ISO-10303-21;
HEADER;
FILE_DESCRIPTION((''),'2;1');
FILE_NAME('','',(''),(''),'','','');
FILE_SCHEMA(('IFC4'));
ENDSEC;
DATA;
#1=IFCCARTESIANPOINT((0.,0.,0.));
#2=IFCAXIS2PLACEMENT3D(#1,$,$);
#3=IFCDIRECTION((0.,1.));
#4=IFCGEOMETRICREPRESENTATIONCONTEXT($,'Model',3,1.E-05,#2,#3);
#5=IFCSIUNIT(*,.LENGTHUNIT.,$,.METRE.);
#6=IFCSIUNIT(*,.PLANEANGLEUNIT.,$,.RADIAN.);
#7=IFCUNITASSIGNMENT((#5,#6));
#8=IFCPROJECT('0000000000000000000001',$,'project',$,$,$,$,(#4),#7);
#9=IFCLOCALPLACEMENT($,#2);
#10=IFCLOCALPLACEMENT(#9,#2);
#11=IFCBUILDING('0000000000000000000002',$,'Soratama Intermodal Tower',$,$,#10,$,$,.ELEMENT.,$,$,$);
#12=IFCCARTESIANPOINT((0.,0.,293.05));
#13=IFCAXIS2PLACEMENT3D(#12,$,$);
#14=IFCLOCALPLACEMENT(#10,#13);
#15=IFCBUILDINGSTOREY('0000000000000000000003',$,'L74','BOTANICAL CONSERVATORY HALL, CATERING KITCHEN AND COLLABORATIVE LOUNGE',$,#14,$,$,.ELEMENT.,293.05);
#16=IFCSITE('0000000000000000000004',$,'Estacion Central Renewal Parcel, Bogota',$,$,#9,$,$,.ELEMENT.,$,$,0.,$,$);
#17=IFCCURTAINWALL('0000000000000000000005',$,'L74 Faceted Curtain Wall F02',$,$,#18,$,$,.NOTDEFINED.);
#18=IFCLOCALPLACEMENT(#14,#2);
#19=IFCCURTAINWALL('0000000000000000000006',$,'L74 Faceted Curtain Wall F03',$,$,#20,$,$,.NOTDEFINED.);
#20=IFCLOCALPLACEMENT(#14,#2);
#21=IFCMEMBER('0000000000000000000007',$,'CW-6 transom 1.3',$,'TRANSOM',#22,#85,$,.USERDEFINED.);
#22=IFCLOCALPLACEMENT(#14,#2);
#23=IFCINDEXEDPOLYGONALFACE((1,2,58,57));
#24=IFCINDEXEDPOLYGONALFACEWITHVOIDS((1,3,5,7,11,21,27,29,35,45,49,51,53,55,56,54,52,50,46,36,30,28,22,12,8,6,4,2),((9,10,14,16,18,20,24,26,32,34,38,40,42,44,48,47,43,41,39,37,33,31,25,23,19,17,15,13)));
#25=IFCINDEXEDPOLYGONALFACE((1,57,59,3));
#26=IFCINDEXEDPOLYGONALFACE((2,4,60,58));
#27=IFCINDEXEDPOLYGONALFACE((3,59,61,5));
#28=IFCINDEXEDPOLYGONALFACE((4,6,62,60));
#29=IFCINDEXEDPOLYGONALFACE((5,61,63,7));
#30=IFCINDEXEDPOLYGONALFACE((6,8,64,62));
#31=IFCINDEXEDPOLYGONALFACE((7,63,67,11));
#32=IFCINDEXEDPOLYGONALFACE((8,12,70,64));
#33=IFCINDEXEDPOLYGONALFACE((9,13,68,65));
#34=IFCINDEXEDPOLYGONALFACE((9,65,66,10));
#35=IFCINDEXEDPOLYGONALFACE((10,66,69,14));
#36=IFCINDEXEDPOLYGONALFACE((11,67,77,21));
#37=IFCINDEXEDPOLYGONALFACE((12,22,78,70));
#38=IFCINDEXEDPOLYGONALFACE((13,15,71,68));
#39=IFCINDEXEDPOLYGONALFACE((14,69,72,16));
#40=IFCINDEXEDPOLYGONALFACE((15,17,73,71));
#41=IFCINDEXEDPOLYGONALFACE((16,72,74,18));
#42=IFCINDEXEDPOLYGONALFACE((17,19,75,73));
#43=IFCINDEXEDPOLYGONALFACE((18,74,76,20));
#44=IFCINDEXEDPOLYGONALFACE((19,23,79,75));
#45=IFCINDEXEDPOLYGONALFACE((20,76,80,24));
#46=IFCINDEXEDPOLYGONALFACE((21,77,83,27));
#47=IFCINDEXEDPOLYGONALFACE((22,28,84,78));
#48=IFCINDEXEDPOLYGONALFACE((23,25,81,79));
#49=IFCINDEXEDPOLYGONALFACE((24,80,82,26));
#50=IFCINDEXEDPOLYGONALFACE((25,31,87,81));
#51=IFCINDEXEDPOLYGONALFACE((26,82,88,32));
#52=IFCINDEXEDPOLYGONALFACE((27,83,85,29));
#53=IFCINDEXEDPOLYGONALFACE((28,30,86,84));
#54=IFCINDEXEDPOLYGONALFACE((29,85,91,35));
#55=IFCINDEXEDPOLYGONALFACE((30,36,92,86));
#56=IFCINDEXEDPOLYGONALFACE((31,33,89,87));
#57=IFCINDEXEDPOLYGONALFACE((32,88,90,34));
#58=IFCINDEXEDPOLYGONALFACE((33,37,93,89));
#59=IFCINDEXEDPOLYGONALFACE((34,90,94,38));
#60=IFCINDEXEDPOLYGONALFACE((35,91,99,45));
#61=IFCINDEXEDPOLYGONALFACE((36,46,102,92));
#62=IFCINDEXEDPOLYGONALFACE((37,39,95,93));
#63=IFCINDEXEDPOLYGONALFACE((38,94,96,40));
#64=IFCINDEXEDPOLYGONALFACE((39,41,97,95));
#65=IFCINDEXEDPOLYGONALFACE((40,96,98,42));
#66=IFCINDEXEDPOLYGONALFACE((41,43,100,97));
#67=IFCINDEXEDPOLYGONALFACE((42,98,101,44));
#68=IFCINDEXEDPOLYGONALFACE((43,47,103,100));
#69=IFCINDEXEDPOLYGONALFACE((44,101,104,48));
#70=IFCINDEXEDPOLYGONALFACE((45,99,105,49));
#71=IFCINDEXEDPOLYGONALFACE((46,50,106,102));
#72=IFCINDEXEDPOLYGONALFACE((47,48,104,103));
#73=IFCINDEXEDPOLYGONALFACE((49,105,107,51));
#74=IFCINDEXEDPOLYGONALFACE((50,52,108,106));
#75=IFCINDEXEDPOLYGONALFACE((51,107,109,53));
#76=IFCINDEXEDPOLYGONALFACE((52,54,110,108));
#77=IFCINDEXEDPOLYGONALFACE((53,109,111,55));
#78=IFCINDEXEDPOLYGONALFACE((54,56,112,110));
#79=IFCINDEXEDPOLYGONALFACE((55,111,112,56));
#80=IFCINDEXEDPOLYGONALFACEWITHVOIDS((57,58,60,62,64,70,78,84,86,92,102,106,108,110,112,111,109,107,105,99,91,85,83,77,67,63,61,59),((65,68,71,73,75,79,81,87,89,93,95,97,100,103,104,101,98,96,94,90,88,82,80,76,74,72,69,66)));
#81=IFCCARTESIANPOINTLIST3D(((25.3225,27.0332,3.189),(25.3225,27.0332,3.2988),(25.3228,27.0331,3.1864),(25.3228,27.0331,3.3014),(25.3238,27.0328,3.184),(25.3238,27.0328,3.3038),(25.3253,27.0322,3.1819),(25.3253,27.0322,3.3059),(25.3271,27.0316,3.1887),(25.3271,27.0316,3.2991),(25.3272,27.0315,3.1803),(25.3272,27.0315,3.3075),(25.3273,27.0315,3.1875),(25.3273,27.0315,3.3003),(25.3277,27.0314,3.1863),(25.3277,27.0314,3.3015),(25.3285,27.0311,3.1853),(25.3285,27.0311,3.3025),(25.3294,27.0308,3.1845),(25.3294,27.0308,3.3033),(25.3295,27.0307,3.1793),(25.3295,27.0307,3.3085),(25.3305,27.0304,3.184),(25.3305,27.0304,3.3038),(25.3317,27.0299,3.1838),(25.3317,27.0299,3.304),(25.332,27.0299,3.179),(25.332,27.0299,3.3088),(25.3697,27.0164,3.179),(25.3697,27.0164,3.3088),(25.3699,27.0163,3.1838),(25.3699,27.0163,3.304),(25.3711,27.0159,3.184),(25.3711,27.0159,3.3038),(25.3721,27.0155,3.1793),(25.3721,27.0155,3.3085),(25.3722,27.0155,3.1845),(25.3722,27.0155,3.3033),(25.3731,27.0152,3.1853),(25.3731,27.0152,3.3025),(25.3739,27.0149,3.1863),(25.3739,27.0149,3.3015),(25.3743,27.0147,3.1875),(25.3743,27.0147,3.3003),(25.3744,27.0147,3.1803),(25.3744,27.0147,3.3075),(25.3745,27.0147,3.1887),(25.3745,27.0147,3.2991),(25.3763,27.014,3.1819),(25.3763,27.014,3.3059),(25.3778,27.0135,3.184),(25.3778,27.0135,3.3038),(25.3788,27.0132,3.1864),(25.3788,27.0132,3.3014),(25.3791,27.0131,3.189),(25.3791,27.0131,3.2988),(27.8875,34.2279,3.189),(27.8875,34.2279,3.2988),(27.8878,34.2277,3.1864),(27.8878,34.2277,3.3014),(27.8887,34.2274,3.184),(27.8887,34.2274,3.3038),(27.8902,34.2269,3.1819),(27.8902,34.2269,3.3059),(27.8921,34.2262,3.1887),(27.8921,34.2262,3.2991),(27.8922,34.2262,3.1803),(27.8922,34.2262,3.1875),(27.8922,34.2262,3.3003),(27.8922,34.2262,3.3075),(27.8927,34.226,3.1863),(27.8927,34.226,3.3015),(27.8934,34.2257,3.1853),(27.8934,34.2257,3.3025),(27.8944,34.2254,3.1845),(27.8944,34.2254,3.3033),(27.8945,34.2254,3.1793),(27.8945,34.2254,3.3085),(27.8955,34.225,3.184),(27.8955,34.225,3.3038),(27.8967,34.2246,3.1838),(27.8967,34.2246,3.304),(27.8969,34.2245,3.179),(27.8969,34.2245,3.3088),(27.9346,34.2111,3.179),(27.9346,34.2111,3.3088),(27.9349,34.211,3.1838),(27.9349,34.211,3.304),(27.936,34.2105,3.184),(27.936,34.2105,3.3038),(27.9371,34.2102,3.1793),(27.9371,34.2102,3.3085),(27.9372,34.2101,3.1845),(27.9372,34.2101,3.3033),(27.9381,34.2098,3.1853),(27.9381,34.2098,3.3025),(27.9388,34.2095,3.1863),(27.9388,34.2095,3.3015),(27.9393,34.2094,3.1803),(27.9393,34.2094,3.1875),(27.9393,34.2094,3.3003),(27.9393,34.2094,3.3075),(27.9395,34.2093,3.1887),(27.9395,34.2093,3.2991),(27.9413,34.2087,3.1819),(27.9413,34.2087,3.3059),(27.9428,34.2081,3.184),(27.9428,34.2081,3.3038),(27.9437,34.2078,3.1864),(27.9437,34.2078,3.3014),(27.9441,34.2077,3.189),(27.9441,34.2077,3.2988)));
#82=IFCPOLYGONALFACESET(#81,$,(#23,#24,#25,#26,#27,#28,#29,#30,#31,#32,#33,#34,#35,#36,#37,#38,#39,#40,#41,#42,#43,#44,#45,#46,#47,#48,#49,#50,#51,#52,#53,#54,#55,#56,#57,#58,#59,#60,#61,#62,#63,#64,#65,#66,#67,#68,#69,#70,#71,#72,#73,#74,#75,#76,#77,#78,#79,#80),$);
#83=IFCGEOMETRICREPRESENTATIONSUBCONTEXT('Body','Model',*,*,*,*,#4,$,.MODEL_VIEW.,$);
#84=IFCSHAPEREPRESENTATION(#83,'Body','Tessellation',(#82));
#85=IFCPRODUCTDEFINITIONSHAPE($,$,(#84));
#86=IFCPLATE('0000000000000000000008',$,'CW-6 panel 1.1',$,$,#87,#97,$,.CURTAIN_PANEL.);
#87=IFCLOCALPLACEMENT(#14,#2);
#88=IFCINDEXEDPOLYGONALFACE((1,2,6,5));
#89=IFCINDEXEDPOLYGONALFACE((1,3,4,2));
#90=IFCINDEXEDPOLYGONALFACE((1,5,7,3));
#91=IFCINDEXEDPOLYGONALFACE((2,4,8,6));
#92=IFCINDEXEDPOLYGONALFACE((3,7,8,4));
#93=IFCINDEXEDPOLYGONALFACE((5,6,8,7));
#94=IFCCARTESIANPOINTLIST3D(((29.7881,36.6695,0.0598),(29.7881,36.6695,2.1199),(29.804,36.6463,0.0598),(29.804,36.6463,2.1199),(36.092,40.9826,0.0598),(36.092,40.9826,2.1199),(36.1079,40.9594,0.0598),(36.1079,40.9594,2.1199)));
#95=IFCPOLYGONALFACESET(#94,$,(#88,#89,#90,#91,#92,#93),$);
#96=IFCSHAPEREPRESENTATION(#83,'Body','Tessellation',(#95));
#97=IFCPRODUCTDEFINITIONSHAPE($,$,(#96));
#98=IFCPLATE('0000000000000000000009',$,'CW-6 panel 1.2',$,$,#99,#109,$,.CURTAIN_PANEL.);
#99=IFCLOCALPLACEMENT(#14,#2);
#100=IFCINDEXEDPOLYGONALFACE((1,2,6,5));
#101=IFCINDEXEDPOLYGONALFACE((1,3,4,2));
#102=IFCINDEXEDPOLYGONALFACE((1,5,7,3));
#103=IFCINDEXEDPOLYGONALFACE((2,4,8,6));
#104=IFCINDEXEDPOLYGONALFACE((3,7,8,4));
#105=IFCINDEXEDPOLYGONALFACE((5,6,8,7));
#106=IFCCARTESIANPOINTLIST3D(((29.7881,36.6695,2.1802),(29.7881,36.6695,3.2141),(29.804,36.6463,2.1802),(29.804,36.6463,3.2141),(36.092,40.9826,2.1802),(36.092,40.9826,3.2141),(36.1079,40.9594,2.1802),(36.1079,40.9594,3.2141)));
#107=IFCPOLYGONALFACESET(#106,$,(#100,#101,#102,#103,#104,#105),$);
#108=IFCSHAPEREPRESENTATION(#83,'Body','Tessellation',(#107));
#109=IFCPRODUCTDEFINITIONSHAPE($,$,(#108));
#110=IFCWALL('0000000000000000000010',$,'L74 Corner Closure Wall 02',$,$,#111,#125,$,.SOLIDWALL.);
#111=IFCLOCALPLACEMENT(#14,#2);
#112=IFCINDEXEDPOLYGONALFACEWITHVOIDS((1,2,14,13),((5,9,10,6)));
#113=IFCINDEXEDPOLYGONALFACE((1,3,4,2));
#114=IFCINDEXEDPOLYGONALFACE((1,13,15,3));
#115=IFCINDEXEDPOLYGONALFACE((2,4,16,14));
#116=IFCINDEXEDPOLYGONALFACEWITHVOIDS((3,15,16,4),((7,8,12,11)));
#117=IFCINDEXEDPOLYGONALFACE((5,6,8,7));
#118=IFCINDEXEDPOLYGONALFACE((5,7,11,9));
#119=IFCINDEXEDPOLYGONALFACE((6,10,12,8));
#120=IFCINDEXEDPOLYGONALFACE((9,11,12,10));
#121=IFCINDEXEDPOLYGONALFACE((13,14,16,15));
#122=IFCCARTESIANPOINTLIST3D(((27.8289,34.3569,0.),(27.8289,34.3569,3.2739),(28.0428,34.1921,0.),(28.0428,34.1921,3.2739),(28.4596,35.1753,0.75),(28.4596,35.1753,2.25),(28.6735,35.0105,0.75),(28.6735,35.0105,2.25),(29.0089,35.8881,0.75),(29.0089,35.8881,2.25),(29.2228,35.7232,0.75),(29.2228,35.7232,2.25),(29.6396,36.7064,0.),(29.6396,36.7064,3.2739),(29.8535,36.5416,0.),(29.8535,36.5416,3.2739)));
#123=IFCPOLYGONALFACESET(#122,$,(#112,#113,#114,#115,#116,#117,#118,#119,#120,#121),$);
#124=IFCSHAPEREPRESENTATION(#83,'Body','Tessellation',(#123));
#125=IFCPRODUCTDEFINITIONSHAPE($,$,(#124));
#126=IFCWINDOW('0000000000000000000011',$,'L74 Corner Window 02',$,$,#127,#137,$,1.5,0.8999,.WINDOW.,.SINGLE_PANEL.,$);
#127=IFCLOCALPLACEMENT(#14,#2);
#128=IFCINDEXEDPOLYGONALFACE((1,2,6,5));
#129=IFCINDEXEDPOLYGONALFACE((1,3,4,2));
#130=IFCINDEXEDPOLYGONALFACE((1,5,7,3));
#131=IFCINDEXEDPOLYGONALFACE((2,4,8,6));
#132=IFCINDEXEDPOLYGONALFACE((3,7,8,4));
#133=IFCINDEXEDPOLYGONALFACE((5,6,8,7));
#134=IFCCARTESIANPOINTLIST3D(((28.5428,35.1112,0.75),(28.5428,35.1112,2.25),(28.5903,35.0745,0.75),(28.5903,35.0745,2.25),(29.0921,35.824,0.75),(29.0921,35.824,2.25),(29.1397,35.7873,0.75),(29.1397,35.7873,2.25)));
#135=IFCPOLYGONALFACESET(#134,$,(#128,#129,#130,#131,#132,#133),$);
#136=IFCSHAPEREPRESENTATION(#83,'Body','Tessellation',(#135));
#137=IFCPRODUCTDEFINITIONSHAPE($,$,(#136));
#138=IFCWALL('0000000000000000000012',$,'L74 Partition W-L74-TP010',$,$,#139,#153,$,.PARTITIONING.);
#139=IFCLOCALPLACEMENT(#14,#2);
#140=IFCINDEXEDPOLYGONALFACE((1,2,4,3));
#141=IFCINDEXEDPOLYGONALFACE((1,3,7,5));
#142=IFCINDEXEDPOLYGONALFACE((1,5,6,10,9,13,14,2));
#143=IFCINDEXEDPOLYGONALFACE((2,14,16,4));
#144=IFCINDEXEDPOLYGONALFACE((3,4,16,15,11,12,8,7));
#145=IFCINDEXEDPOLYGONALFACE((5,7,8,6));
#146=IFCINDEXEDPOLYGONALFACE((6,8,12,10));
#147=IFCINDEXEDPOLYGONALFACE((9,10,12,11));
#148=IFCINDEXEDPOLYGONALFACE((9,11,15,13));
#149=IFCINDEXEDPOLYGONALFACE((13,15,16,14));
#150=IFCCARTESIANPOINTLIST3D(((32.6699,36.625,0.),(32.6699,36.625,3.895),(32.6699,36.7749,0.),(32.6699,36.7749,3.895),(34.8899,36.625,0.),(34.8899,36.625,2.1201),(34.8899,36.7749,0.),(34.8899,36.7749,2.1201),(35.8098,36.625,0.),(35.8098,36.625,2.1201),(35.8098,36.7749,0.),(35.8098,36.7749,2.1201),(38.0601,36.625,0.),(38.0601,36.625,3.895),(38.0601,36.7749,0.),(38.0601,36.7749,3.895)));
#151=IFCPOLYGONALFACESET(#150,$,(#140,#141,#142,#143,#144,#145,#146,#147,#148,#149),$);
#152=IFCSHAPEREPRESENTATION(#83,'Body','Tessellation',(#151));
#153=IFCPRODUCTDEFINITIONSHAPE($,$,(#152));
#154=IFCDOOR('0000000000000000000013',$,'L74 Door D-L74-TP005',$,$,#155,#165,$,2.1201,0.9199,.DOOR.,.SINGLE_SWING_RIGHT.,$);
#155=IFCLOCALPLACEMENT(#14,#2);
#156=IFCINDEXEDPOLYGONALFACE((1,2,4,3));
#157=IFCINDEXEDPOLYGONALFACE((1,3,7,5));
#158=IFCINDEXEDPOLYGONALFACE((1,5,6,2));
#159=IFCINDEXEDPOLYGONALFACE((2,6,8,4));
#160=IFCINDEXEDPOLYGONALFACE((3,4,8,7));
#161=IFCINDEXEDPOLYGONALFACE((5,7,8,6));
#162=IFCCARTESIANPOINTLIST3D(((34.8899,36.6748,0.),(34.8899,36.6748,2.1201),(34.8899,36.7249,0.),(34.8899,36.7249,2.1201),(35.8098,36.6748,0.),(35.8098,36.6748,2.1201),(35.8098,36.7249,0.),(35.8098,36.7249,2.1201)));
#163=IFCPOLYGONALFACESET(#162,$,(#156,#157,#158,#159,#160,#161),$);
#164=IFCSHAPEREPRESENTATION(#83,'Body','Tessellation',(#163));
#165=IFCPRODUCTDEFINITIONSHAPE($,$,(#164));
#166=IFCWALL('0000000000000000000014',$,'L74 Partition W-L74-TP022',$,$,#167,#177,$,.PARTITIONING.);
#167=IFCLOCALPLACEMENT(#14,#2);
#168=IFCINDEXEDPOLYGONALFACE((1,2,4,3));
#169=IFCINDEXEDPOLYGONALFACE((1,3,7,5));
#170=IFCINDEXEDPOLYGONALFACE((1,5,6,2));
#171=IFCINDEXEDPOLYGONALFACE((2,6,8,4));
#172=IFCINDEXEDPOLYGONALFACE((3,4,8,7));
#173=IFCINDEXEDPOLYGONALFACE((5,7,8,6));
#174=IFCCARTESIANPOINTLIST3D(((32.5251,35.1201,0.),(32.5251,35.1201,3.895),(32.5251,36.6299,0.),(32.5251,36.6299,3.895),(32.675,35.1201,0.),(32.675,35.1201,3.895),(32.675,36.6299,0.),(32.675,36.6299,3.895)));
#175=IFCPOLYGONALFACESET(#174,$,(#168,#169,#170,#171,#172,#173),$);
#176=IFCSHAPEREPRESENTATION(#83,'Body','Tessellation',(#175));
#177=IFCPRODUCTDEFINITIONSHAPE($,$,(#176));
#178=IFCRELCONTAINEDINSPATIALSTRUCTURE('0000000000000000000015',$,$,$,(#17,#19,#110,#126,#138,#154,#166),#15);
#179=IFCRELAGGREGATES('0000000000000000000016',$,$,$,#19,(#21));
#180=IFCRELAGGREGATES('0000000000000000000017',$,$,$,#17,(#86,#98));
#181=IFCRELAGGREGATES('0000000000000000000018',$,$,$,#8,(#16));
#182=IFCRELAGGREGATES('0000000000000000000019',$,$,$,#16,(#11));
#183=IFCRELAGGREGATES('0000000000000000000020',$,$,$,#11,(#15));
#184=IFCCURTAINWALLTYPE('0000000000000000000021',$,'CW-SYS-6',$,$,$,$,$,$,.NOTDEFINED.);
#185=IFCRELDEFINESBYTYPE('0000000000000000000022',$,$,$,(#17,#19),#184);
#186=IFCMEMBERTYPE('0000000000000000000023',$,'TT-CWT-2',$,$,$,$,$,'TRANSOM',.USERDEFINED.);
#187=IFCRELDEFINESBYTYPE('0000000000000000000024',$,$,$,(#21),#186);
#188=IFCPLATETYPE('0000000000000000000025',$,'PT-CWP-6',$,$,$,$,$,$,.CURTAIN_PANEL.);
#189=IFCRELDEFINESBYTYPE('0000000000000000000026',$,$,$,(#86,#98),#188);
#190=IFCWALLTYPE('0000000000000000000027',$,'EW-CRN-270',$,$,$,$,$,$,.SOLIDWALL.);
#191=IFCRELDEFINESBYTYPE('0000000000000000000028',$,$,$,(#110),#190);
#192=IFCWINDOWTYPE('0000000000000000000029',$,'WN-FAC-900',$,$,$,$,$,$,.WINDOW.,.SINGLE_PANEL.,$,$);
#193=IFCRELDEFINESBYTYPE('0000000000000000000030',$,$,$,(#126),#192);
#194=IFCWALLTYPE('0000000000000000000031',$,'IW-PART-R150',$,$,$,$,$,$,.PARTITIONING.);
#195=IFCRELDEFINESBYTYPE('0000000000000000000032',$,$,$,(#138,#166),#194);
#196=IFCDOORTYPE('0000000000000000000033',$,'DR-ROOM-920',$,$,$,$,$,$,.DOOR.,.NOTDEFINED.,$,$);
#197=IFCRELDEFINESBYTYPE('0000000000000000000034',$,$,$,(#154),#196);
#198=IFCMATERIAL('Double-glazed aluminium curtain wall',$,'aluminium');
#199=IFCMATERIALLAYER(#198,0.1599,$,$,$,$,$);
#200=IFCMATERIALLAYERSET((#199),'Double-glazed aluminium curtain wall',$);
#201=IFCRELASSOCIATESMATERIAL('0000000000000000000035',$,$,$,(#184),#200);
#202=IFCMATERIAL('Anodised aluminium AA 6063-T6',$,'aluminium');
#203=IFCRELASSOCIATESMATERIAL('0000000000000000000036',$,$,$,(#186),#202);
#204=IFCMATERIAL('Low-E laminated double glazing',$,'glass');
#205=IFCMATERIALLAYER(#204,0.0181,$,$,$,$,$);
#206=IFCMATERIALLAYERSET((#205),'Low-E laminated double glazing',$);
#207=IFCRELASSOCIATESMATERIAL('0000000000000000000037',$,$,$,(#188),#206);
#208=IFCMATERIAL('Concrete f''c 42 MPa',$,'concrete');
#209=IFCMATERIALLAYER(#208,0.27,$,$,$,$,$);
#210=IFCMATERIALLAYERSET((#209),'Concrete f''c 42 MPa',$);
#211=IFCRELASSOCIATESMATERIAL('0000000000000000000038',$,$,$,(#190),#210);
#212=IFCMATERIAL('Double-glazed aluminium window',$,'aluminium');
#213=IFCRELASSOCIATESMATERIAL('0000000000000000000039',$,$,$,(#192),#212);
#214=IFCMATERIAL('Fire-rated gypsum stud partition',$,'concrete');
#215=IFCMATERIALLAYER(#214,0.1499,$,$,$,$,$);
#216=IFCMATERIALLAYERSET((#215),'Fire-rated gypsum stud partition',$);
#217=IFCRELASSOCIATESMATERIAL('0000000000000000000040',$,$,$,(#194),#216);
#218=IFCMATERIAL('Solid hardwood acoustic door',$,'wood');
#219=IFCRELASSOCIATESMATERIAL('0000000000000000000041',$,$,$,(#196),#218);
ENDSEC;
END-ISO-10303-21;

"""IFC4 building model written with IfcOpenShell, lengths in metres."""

from ifc_helpers import new_model, si_unit, direction, frame, frame_2d, origin, origin_2d, place, context, subcontext, project, spatial, rectangle, hollow_rectangle, extrude, material, layer, layer_set, material_profile, profile_set, type_object, element, fill, aggregate, save


model = new_model("IFC4")

# Units and contexts
model_context = context("Model", 3, precision=1e-05, world=origin(), true_north=direction((0.0, 1.0)))
body_context = subcontext(model_context, "Body", "Model", "MODEL_VIEW")
ifc_project = project(units=[si_unit("LENGTHUNIT", "METRE"), si_unit("PLANEANGLEUNIT", "RADIAN")], contexts=[model_context])

# Site, building, storey
site_placement = place(None, origin())
site = spatial("IfcSite", under=ifc_project, at=site_placement, Name="Estacion Central Renewal Parcel, Bogota", CompositionType="ELEMENT", RefElevation=0.0)
building_placement = place(site_placement, origin())
building = spatial("IfcBuilding", under=site, at=building_placement, Name="Soratama Intermodal Tower", CompositionType="ELEMENT")
storey_placement = place(building_placement, frame((0.0, 0.0, 293.05)))
storey = spatial("IfcBuildingStorey", under=building, at=storey_placement, Name="L74", Description="BOTANICAL CONSERVATORY HALL, CATERING KITCHEN AND COLLABORATIVE LOUNGE", CompositionType="ELEMENT", Elevation=293.05)

# Curtain wall
ifc_material_1 = material(Name="Double-glazed aluminium curtain wall", Category="aluminium")
ifc_layer_1 = layer(ifc_material_1, 0.1599)
ifc_layer_set_1 = layer_set([ifc_layer_1], Name="Double-glazed aluminium curtain wall")
curtain_wall_type = type_object("IfcCurtainWallType", Name="CW-SYS-6", PredefinedType="NOTDEFINED", material=ifc_layer_set_1)
curtain_wall_1_placement = place(storey_placement, origin())
curtain_wall_1 = element("IfcCurtainWall", 1, at=curtain_wall_1_placement, inside=storey, type_object=curtain_wall_type, Name="L74 Faceted Curtain Wall F02", PredefinedType="NOTDEFINED")

# Curtain wall, member
curtain_wall_2_placement = place(storey_placement, origin())
curtain_wall_2 = element("IfcCurtainWall", 2, at=curtain_wall_2_placement, inside=storey, type_object=curtain_wall_type, Name="L74 Faceted Curtain Wall F03", PredefinedType="NOTDEFINED")
ifc_material_2 = material(Name="Anodised aluminium AA 6063-T6", Category="aluminium")
ifc_material_profile_1 = material_profile(ifc_material_2, hollow_rectangle(XDim=0.0601, YDim=0.1299, WallThickness=0.0049, InnerFilletRadius=0.0049, OuterFilletRadius=0.01, at=origin_2d()), Name="CWT130X60X5")
ifc_profile_set_1 = profile_set([ifc_material_profile_1], Name="Anodised aluminium AA 6063-T6")
member_type_1 = type_object("IfcMemberType", Name="TT-CWT-2", ElementType="TRANSOM", PredefinedType="USERDEFINED", material=ifc_profile_set_1)
member_1_placement = place(storey_placement, frame((27.9158, 34.2178, 3.2439), z_axis=(-0.335808, -0.941931, 0.0), x_axis=(0.941931, -0.335808, 0.0)))
member_1 = element("IfcMember", 3, at=member_1_placement, type_object=member_type_1, Name="CW-6 transom 1.3", ObjectType="TRANSOM", PredefinedType="USERDEFINED", context=body_context, shape_type="SweptSolid", body=[
    extrude(hollow_rectangle(XDim=0.0601, YDim=0.1299, WallThickness=0.0049, InnerFilletRadius=0.0049, OuterFilletRadius=0.01, at=origin_2d()), origin(), (0.0, 0.0, 1.0), 7.6382),
])
aggregate(curtain_wall_2, [member_1])

# Plates
ifc_material_3 = material(Name="Low-E laminated double glazing", Category="glass")
ifc_layer_2 = layer(ifc_material_3, 0.0181)
ifc_layer_set_2 = layer_set([ifc_layer_2], Name="Low-E laminated double glazing")
plate_type = type_object("IfcPlateType", Name="PT-CWP-6", PredefinedType="CURTAIN_PANEL", material=ifc_layer_set_2)
plate_1_placement = place(storey_placement, frame((32.948, 38.8145, 0.0598), z_axis=(0.0, 0.0, 1.0), x_axis=(-0.825309, -0.564681, 0.0)))
plate_1 = element("IfcPlate", 4, at=plate_1_placement, type_object=plate_type, Name="CW-6 panel 1.1", PredefinedType="CURTAIN_PANEL", context=body_context, shape_type="SweptSolid", body=[
    extrude(rectangle(XDim=7.6382, YDim=0.0281, at=origin_2d()), origin(), (0.0, 0.0, 1.0), 2.0601),
])
plate_2_placement = place(storey_placement, frame((32.948, 38.8145, 2.1802), z_axis=(0.0, 0.0, 1.0), x_axis=(-0.825309, -0.564681, 0.0)))
plate_2 = element("IfcPlate", 5, at=plate_2_placement, type_object=plate_type, Name="CW-6 panel 1.2", PredefinedType="CURTAIN_PANEL", context=body_context, shape_type="SweptSolid", body=[
    extrude(rectangle(XDim=7.6382, YDim=0.0281, at=origin_2d()), origin(), (0.0, 0.0, 1.0), 1.0339),
])
aggregate(curtain_wall_1, [plate_1, plate_2])

# Wall, opening, window
ifc_material_4 = material(Name="Concrete f'c 42 MPa", Category="concrete")
ifc_layer_3 = layer(ifc_material_4, 0.27)
ifc_layer_set_3 = layer_set([ifc_layer_3], Name="Concrete f'c 42 MPa")
wall_type_1 = type_object("IfcWallType", Name="EW-CRN-270", PredefinedType="SOLIDWALL", material=ifc_layer_set_3)
wall_1_placement = place(storey_placement, frame((29.7466, 36.624, 0.0), z_axis=(0.0, 0.0, 1.0), x_axis=(-0.61043, -0.79207, 0.0)))
wall_1 = element("IfcWall", 6, at=wall_1_placement, inside=storey, type_object=wall_type_1, Name="L74 Corner Closure Wall 02", PredefinedType="SOLIDWALL", context=body_context, shape_type="SweptSolid", body=[
    extrude(rectangle(XDim=2.9663, YDim=0.27, at=frame_2d((1.4832, 0.0))), origin(), (0.0, 0.0, 1.0), 3.2739),
])
opening_1_placement = place(wall_1_placement, frame((1.0332, 0.0, 0.75)))
opening_1 = element("IfcOpeningElement", 7, at=opening_1_placement, cuts=wall_1, PredefinedType="OPENING", context=body_context, shape_type="SweptSolid", body=[
    extrude(rectangle(XDim=0.8999, YDim=1.5, at=frame_2d((0.45, 0.75))), frame((0.0, 0.145, 0.0), z_axis=(0.0, -1.0, 0.0), x_axis=(1.0, 0.0, 0.0)), (0.0, 0.0, 1.0), 0.29),
])
ifc_material_5 = material(Name="Double-glazed aluminium window", Category="aluminium")
window_type = type_object("IfcWindowType", Name="WN-FAC-900", PartitioningType="SINGLE_PANEL", PredefinedType="WINDOW", material=ifc_material_5)
window_placement = place(opening_1_placement, origin())
window = element("IfcWindow", 8, at=window_placement, inside=storey, type_object=window_type, Name="L74 Corner Window 02", OverallHeight=1.5, OverallWidth=0.8999, PartitioningType="SINGLE_PANEL", PredefinedType="WINDOW", context=body_context, shape_type="SweptSolid", body=[
    extrude(rectangle(XDim=0.8999, YDim=1.5, at=frame_2d((0.45, 0.75))), frame((0.0, 0.03, 0.0), z_axis=(0.0, -1.0, 0.0), x_axis=(1.0, 0.0, 0.0)), (0.0, 0.0, 1.0), 0.0601),
])
fill(opening_1, window)

# Wall, opening, door
ifc_material_6 = material(Name="Fire-rated gypsum stud partition", Category="concrete")
ifc_layer_4 = layer(ifc_material_6, 0.1499)
ifc_layer_set_4 = layer_set([ifc_layer_4], Name="Fire-rated gypsum stud partition")
wall_type_2 = type_object("IfcWallType", Name="IW-PART-R150", PredefinedType="PARTITIONING", material=ifc_layer_set_4)
wall_2_placement = place(storey_placement, frame((32.6699, 36.7, 0.0), z_axis=(0.0, 0.0, 1.0), x_axis=(1.0, 0.0, 0.0)))
wall_2 = element("IfcWall", 9, at=wall_2_placement, inside=storey, type_object=wall_type_2, Name="L74 Partition W-L74-TP010", PredefinedType="PARTITIONING", context=body_context, shape_type="SweptSolid", body=[
    extrude(rectangle(XDim=5.3901, YDim=0.1499, at=frame_2d((2.6951, 0.0))), origin(), (0.0, 0.0, 1.0), 3.895),
])
opening_2_placement = place(wall_2_placement, frame((2.22, 0.0, 0.0)))
opening_2 = element("IfcOpeningElement", 10, at=opening_2_placement, cuts=wall_2, PredefinedType="OPENING", context=body_context, shape_type="SweptSolid", body=[
    extrude(rectangle(XDim=0.9199, YDim=2.1201, at=frame_2d((0.46, 1.0601))), frame((0.0, 0.085, 0.0), z_axis=(0.0, -1.0, 0.0), x_axis=(1.0, 0.0, 0.0)), (0.0, 0.0, 1.0), 0.1699),
])
ifc_material_7 = material(Name="Solid hardwood acoustic door", Category="wood")
door_type = type_object("IfcDoorType", Name="DR-ROOM-920", OperationType="NOTDEFINED", PredefinedType="DOOR", material=ifc_material_7)
door_placement = place(opening_2_placement, origin())
door = element("IfcDoor", 11, at=door_placement, inside=storey, type_object=door_type, Name="L74 Door D-L74-TP005", OperationType="SINGLE_SWING_RIGHT", OverallHeight=2.1201, OverallWidth=0.9199, PredefinedType="DOOR", context=body_context, shape_type="SweptSolid", body=[
    extrude(rectangle(XDim=0.9199, YDim=2.1201, at=frame_2d((0.46, 1.0601))), frame((0.0, 0.0249, 0.0), z_axis=(0.0, -1.0, 0.0), x_axis=(1.0, 0.0, 0.0)), (0.0, 0.0, 1.0), 0.05),
])
fill(opening_2, door)

# Wall
wall_3_placement = place(storey_placement, frame((32.6001, 35.1201, 0.0), z_axis=(0.0, 0.0, 1.0), x_axis=(0.0, 1.0, 0.0)))
element("IfcWall", 12, at=wall_3_placement, inside=storey, type_object=wall_type_2, Name="L74 Partition W-L74-TP022", PredefinedType="PARTITIONING", context=body_context, shape_type="SweptSolid", body=[
    extrude(rectangle(XDim=1.5098, YDim=0.1499, at=frame_2d((0.7549, 0.0))), origin(), (0.0, 0.0, 1.0), 3.895),
])

save(model, "model.ifc")
